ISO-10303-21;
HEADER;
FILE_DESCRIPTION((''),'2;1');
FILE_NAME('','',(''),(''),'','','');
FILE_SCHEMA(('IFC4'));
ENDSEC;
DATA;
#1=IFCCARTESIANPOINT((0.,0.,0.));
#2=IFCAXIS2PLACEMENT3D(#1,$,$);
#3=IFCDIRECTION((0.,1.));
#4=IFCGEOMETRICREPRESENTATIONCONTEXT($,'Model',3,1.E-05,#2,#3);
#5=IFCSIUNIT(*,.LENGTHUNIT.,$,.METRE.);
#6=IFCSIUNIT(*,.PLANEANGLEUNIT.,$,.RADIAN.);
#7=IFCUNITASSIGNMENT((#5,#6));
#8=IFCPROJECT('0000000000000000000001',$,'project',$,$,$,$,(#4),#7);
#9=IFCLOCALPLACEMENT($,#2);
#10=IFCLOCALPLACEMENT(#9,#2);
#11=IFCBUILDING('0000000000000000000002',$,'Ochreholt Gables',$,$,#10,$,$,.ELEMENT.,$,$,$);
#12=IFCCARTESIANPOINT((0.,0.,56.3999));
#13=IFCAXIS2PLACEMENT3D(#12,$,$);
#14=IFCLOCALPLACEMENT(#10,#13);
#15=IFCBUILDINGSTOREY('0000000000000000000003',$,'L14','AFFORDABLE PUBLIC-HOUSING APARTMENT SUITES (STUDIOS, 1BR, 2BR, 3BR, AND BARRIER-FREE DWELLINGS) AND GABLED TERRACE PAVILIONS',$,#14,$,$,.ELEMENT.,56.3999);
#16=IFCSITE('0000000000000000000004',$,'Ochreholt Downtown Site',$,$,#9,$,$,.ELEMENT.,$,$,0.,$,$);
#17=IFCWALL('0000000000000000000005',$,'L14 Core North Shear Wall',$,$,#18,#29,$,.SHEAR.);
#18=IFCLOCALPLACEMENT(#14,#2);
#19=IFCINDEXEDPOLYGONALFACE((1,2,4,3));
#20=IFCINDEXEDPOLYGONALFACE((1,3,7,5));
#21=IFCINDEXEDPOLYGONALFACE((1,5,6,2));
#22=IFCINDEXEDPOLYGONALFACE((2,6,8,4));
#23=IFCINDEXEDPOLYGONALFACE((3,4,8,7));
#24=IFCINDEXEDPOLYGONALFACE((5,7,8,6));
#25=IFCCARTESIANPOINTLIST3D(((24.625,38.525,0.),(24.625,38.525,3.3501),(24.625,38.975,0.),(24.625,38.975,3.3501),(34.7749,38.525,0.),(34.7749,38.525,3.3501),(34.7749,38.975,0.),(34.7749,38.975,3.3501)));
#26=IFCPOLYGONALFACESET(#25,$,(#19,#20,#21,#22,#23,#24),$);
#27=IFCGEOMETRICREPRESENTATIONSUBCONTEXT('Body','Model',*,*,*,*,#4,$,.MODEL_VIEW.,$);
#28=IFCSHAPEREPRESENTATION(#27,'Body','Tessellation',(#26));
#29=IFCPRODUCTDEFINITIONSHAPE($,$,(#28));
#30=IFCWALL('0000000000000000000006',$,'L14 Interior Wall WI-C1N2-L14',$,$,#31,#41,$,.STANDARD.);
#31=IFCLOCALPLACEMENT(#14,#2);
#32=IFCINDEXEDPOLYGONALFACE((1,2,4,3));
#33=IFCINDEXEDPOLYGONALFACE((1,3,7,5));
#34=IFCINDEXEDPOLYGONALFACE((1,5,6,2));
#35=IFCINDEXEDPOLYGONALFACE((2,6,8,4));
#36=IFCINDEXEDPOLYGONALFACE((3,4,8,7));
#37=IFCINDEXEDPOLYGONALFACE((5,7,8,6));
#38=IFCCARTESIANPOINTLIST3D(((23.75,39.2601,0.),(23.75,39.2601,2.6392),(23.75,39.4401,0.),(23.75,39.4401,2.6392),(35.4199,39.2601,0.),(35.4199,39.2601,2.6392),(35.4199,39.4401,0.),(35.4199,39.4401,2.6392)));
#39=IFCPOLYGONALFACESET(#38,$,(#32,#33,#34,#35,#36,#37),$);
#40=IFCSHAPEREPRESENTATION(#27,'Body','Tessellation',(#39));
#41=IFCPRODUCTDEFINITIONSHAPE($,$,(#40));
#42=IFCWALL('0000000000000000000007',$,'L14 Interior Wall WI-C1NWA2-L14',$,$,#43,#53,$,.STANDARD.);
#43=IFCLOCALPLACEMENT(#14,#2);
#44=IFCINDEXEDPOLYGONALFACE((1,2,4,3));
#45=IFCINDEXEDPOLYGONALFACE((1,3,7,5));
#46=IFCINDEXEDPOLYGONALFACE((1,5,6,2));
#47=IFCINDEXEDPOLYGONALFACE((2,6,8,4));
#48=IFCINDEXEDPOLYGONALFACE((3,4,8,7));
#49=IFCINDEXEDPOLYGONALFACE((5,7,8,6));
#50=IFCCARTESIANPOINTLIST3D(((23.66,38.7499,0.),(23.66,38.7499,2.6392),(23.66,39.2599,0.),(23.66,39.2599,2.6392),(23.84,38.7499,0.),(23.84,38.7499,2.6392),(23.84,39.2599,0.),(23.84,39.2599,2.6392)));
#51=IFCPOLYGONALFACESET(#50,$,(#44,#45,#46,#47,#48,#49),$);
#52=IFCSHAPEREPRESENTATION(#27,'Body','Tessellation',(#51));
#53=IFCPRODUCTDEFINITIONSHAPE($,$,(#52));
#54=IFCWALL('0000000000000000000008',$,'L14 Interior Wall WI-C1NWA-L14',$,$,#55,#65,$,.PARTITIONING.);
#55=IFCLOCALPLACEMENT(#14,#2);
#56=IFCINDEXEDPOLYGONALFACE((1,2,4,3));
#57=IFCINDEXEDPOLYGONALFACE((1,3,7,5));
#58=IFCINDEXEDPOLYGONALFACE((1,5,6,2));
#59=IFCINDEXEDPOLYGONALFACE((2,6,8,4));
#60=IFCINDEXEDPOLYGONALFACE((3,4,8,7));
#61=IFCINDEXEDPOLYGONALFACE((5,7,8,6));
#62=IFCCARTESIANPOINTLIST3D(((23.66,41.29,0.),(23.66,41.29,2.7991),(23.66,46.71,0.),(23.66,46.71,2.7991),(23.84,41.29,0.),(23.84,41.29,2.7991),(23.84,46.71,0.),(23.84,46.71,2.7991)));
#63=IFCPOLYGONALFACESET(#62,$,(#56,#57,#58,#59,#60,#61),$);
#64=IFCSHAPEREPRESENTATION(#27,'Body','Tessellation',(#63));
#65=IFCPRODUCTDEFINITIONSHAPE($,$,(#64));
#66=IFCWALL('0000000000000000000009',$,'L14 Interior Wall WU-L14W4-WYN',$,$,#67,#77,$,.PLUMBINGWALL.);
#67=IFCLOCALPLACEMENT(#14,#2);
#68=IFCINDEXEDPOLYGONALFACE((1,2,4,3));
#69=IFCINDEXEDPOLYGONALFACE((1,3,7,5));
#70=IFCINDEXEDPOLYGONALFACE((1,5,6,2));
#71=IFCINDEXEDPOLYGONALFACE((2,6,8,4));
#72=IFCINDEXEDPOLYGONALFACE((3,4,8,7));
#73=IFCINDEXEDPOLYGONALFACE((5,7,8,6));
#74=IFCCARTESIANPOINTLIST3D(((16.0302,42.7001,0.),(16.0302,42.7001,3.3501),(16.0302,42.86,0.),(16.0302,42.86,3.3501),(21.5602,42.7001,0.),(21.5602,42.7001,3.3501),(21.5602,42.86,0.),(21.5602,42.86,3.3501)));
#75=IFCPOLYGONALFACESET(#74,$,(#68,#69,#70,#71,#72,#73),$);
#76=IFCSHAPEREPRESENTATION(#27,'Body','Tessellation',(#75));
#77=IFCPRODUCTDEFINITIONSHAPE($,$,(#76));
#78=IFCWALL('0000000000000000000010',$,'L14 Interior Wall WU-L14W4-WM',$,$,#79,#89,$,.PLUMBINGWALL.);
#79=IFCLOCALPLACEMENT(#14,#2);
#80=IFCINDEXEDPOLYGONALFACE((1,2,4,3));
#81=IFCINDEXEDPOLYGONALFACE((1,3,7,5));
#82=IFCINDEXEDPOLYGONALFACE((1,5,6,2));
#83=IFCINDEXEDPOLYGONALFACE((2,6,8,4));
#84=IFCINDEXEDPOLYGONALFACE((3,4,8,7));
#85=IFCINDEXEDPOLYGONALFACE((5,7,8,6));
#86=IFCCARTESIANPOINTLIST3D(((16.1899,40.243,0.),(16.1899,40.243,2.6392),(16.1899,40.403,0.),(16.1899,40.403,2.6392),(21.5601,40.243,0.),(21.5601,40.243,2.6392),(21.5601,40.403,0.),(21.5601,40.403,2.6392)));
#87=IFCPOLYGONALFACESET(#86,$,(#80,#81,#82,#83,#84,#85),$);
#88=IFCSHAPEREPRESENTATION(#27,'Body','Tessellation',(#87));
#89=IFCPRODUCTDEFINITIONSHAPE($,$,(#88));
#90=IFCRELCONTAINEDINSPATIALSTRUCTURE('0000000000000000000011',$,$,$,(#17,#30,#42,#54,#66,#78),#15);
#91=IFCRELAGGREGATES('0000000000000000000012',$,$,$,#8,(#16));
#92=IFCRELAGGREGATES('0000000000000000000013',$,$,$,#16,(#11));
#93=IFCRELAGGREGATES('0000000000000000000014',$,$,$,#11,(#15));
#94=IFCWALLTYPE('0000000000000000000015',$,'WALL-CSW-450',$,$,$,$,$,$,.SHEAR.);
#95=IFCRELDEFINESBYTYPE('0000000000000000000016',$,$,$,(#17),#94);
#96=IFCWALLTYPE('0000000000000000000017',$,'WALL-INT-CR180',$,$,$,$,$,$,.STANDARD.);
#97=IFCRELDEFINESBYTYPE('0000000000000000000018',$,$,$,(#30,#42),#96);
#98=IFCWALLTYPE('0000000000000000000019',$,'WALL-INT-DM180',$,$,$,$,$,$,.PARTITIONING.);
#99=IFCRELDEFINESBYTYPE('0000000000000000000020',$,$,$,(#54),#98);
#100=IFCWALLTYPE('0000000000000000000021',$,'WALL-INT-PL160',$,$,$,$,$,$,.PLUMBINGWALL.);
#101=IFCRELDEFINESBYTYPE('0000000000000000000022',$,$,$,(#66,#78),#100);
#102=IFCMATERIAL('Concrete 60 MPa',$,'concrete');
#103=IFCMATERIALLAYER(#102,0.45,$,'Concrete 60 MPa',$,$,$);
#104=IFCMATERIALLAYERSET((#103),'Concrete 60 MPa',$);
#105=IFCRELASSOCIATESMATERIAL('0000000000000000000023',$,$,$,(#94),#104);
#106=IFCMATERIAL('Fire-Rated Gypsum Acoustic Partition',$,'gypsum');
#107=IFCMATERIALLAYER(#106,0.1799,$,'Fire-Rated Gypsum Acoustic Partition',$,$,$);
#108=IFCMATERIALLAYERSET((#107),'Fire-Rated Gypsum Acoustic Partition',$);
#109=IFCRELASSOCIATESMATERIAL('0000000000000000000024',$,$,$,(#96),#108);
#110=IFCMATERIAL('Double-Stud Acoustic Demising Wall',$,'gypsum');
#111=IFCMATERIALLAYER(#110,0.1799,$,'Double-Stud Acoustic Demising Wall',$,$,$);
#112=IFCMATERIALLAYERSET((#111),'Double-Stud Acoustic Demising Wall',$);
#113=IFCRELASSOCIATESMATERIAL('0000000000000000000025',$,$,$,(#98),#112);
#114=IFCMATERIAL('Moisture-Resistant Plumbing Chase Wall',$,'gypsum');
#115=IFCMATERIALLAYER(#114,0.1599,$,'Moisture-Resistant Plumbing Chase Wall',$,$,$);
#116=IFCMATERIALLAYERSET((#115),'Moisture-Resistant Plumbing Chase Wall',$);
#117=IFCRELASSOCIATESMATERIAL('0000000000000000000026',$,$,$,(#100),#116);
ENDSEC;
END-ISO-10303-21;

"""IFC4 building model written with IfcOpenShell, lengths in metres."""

from ifc_helpers import new_model, si_unit, direction, frame, frame_2d, origin, place, context, subcontext, project, spatial, rectangle, extrude, material, layer, layer_set, type_object, element, save


model = new_model("IFC4")

# Units and contexts
model_context = context("Model", 3, precision=1e-05, world=origin(), true_north=direction((0.0, 1.0)))
body_context = subcontext(model_context, "Body", "Model", "MODEL_VIEW")
ifc_project = project(units=[si_unit("LENGTHUNIT", "METRE"), si_unit("PLANEANGLEUNIT", "RADIAN")], contexts=[model_context])

# Site, building, storey
site_placement = place(None, origin())
site = spatial("IfcSite", under=ifc_project, at=site_placement, Name="Ochreholt Downtown Site", CompositionType="ELEMENT", RefElevation=0.0)
building_placement = place(site_placement, origin())
building = spatial("IfcBuilding", under=site, at=building_placement, Name="Ochreholt Gables", CompositionType="ELEMENT")
storey_placement = place(building_placement, frame((0.0, 0.0, 56.3999)))
storey = spatial("IfcBuildingStorey", under=building, at=storey_placement, Name="L14", Description="AFFORDABLE PUBLIC-HOUSING APARTMENT SUITES (STUDIOS, 1BR, 2BR, 3BR, AND BARRIER-FREE DWELLINGS) AND GABLED TERRACE PAVILIONS", CompositionType="ELEMENT", Elevation=56.3999)

# Shared definitions
ifc_material_1 = material(Name="Concrete 60 MPa", Category="concrete")

# Wall
ifc_layer_1 = layer(ifc_material_1, 0.45, Name="Concrete 60 MPa")
ifc_layer_set_1 = layer_set([ifc_layer_1], Name="Concrete 60 MPa")
wall_type_1 = type_object("IfcWallType", Name="WALL-CSW-450", PredefinedType="SHEAR", material=ifc_layer_set_1)
wall_1_placement = place(storey_placement, frame((24.625, 38.75, 0.0), z_axis=(0.0, 0.0, 1.0), x_axis=(1.0, 0.0, 0.0)))
element("IfcWall", 1, at=wall_1_placement, inside=storey, type_object=wall_type_1, Name="L14 Core North Shear Wall", PredefinedType="SHEAR", context=body_context, shape_type="SweptSolid", body=[
    extrude(rectangle(XDim=10.1499, YDim=0.45, at=frame_2d((5.075, 0.0))), origin(), (0.0, 0.0, 1.0), 3.3501),
])

# Shared definitions
ifc_material_2 = material(Name="Fire-Rated Gypsum Acoustic Partition", Category="gypsum")
ifc_layer_2 = layer(ifc_material_2, 0.1799, Name="Fire-Rated Gypsum Acoustic Partition")
ifc_layer_set_2 = layer_set([ifc_layer_2], Name="Fire-Rated Gypsum Acoustic Partition")
wall_type_2 = type_object("IfcWallType", Name="WALL-INT-CR180", PredefinedType="STANDARD", material=ifc_layer_set_2)

# Walls
wall_2_placement = place(storey_placement, frame((23.75, 39.3501, 0.0), z_axis=(0.0, 0.0, 1.0), x_axis=(1.0, 0.0, 0.0)))
element("IfcWall", 2, at=wall_2_placement, inside=storey, type_object=wall_type_2, Name="L14 Interior Wall WI-C1N2-L14", PredefinedType="STANDARD", context=body_context, shape_type="SweptSolid", body=[
    extrude(rectangle(XDim=11.6699, YDim=0.1799, at=frame_2d((5.835, 0.0))), origin(), (0.0, 0.0, 1.0), 2.6392),
])
wall_3_placement = place(storey_placement, frame((23.75, 38.75, 0.0), z_axis=(0.0, 0.0, 1.0), x_axis=(0.0, 1.0, 0.0)))
element("IfcWall", 3, at=wall_3_placement, inside=storey, type_object=wall_type_2, Name="L14 Interior Wall WI-C1NWA2-L14", PredefinedType="STANDARD", context=body_context, shape_type="SweptSolid", body=[
    extrude(rectangle(XDim=0.51, YDim=0.1799, at=frame_2d((0.2549, 0.0))), origin(), (0.0, 0.0, 1.0), 2.6392),
])
ifc_material_3 = material(Name="Double-Stud Acoustic Demising Wall", Category="gypsum")
ifc_layer_3 = layer(ifc_material_3, 0.1799, Name="Double-Stud Acoustic Demising Wall")
ifc_layer_set_3 = layer_set([ifc_layer_3], Name="Double-Stud Acoustic Demising Wall")
wall_type_3 = type_object("IfcWallType", Name="WALL-INT-DM180", PredefinedType="PARTITIONING", material=ifc_layer_set_3)
wall_4_placement = place(storey_placement, frame((23.75, 41.29, 0.0), z_axis=(0.0, 0.0, 1.0), x_axis=(0.0, 1.0, 0.0)))
element("IfcWall", 4, at=wall_4_placement, inside=storey, type_object=wall_type_3, Name="L14 Interior Wall WI-C1NWA-L14", PredefinedType="PARTITIONING", context=body_context, shape_type="SweptSolid", body=[
    extrude(rectangle(XDim=5.4199, YDim=0.1799, at=frame_2d((2.71, 0.0))), origin(), (0.0, 0.0, 1.0), 2.7991),
])
ifc_material_4 = material(Name="Moisture-Resistant Plumbing Chase Wall", Category="gypsum")
ifc_layer_4 = layer(ifc_material_4, 0.1599, Name="Moisture-Resistant Plumbing Chase Wall")
ifc_layer_set_4 = layer_set([ifc_layer_4], Name="Moisture-Resistant Plumbing Chase Wall")
wall_type_4 = type_object("IfcWallType", Name="WALL-INT-PL160", PredefinedType="PLUMBINGWALL", material=ifc_layer_set_4)
wall_5_placement = place(storey_placement, frame((16.03, 42.78, 0.0), z_axis=(0.0, 0.0, 1.0), x_axis=(1.0, 0.0, 0.0)))
element("IfcWall", 5, at=wall_5_placement, inside=storey, type_object=wall_type_4, Name="L14 Interior Wall WU-L14W4-WYN", PredefinedType="PLUMBINGWALL", context=body_context, shape_type="SweptSolid", body=[
    extrude(rectangle(XDim=5.53, YDim=0.1599, at=frame_2d((2.7651, 0.0))), origin(), (0.0, 0.0, 1.0), 3.3501),
])

# Wall
wall_6_placement = place(storey_placement, frame((16.1899, 40.323, 0.0), z_axis=(0.0, 0.0, 1.0), x_axis=(1.0, 0.0, 0.0)))
element("IfcWall", 6, at=wall_6_placement, inside=storey, type_object=wall_type_4, Name="L14 Interior Wall WU-L14W4-WM", PredefinedType="PLUMBINGWALL", context=body_context, shape_type="SweptSolid", body=[
    extrude(rectangle(XDim=5.3701, YDim=0.1599, at=frame_2d((2.6851, 0.0))), origin(), (0.0, 0.0, 1.0), 2.6392),
])

save(model, "model.ifc")
